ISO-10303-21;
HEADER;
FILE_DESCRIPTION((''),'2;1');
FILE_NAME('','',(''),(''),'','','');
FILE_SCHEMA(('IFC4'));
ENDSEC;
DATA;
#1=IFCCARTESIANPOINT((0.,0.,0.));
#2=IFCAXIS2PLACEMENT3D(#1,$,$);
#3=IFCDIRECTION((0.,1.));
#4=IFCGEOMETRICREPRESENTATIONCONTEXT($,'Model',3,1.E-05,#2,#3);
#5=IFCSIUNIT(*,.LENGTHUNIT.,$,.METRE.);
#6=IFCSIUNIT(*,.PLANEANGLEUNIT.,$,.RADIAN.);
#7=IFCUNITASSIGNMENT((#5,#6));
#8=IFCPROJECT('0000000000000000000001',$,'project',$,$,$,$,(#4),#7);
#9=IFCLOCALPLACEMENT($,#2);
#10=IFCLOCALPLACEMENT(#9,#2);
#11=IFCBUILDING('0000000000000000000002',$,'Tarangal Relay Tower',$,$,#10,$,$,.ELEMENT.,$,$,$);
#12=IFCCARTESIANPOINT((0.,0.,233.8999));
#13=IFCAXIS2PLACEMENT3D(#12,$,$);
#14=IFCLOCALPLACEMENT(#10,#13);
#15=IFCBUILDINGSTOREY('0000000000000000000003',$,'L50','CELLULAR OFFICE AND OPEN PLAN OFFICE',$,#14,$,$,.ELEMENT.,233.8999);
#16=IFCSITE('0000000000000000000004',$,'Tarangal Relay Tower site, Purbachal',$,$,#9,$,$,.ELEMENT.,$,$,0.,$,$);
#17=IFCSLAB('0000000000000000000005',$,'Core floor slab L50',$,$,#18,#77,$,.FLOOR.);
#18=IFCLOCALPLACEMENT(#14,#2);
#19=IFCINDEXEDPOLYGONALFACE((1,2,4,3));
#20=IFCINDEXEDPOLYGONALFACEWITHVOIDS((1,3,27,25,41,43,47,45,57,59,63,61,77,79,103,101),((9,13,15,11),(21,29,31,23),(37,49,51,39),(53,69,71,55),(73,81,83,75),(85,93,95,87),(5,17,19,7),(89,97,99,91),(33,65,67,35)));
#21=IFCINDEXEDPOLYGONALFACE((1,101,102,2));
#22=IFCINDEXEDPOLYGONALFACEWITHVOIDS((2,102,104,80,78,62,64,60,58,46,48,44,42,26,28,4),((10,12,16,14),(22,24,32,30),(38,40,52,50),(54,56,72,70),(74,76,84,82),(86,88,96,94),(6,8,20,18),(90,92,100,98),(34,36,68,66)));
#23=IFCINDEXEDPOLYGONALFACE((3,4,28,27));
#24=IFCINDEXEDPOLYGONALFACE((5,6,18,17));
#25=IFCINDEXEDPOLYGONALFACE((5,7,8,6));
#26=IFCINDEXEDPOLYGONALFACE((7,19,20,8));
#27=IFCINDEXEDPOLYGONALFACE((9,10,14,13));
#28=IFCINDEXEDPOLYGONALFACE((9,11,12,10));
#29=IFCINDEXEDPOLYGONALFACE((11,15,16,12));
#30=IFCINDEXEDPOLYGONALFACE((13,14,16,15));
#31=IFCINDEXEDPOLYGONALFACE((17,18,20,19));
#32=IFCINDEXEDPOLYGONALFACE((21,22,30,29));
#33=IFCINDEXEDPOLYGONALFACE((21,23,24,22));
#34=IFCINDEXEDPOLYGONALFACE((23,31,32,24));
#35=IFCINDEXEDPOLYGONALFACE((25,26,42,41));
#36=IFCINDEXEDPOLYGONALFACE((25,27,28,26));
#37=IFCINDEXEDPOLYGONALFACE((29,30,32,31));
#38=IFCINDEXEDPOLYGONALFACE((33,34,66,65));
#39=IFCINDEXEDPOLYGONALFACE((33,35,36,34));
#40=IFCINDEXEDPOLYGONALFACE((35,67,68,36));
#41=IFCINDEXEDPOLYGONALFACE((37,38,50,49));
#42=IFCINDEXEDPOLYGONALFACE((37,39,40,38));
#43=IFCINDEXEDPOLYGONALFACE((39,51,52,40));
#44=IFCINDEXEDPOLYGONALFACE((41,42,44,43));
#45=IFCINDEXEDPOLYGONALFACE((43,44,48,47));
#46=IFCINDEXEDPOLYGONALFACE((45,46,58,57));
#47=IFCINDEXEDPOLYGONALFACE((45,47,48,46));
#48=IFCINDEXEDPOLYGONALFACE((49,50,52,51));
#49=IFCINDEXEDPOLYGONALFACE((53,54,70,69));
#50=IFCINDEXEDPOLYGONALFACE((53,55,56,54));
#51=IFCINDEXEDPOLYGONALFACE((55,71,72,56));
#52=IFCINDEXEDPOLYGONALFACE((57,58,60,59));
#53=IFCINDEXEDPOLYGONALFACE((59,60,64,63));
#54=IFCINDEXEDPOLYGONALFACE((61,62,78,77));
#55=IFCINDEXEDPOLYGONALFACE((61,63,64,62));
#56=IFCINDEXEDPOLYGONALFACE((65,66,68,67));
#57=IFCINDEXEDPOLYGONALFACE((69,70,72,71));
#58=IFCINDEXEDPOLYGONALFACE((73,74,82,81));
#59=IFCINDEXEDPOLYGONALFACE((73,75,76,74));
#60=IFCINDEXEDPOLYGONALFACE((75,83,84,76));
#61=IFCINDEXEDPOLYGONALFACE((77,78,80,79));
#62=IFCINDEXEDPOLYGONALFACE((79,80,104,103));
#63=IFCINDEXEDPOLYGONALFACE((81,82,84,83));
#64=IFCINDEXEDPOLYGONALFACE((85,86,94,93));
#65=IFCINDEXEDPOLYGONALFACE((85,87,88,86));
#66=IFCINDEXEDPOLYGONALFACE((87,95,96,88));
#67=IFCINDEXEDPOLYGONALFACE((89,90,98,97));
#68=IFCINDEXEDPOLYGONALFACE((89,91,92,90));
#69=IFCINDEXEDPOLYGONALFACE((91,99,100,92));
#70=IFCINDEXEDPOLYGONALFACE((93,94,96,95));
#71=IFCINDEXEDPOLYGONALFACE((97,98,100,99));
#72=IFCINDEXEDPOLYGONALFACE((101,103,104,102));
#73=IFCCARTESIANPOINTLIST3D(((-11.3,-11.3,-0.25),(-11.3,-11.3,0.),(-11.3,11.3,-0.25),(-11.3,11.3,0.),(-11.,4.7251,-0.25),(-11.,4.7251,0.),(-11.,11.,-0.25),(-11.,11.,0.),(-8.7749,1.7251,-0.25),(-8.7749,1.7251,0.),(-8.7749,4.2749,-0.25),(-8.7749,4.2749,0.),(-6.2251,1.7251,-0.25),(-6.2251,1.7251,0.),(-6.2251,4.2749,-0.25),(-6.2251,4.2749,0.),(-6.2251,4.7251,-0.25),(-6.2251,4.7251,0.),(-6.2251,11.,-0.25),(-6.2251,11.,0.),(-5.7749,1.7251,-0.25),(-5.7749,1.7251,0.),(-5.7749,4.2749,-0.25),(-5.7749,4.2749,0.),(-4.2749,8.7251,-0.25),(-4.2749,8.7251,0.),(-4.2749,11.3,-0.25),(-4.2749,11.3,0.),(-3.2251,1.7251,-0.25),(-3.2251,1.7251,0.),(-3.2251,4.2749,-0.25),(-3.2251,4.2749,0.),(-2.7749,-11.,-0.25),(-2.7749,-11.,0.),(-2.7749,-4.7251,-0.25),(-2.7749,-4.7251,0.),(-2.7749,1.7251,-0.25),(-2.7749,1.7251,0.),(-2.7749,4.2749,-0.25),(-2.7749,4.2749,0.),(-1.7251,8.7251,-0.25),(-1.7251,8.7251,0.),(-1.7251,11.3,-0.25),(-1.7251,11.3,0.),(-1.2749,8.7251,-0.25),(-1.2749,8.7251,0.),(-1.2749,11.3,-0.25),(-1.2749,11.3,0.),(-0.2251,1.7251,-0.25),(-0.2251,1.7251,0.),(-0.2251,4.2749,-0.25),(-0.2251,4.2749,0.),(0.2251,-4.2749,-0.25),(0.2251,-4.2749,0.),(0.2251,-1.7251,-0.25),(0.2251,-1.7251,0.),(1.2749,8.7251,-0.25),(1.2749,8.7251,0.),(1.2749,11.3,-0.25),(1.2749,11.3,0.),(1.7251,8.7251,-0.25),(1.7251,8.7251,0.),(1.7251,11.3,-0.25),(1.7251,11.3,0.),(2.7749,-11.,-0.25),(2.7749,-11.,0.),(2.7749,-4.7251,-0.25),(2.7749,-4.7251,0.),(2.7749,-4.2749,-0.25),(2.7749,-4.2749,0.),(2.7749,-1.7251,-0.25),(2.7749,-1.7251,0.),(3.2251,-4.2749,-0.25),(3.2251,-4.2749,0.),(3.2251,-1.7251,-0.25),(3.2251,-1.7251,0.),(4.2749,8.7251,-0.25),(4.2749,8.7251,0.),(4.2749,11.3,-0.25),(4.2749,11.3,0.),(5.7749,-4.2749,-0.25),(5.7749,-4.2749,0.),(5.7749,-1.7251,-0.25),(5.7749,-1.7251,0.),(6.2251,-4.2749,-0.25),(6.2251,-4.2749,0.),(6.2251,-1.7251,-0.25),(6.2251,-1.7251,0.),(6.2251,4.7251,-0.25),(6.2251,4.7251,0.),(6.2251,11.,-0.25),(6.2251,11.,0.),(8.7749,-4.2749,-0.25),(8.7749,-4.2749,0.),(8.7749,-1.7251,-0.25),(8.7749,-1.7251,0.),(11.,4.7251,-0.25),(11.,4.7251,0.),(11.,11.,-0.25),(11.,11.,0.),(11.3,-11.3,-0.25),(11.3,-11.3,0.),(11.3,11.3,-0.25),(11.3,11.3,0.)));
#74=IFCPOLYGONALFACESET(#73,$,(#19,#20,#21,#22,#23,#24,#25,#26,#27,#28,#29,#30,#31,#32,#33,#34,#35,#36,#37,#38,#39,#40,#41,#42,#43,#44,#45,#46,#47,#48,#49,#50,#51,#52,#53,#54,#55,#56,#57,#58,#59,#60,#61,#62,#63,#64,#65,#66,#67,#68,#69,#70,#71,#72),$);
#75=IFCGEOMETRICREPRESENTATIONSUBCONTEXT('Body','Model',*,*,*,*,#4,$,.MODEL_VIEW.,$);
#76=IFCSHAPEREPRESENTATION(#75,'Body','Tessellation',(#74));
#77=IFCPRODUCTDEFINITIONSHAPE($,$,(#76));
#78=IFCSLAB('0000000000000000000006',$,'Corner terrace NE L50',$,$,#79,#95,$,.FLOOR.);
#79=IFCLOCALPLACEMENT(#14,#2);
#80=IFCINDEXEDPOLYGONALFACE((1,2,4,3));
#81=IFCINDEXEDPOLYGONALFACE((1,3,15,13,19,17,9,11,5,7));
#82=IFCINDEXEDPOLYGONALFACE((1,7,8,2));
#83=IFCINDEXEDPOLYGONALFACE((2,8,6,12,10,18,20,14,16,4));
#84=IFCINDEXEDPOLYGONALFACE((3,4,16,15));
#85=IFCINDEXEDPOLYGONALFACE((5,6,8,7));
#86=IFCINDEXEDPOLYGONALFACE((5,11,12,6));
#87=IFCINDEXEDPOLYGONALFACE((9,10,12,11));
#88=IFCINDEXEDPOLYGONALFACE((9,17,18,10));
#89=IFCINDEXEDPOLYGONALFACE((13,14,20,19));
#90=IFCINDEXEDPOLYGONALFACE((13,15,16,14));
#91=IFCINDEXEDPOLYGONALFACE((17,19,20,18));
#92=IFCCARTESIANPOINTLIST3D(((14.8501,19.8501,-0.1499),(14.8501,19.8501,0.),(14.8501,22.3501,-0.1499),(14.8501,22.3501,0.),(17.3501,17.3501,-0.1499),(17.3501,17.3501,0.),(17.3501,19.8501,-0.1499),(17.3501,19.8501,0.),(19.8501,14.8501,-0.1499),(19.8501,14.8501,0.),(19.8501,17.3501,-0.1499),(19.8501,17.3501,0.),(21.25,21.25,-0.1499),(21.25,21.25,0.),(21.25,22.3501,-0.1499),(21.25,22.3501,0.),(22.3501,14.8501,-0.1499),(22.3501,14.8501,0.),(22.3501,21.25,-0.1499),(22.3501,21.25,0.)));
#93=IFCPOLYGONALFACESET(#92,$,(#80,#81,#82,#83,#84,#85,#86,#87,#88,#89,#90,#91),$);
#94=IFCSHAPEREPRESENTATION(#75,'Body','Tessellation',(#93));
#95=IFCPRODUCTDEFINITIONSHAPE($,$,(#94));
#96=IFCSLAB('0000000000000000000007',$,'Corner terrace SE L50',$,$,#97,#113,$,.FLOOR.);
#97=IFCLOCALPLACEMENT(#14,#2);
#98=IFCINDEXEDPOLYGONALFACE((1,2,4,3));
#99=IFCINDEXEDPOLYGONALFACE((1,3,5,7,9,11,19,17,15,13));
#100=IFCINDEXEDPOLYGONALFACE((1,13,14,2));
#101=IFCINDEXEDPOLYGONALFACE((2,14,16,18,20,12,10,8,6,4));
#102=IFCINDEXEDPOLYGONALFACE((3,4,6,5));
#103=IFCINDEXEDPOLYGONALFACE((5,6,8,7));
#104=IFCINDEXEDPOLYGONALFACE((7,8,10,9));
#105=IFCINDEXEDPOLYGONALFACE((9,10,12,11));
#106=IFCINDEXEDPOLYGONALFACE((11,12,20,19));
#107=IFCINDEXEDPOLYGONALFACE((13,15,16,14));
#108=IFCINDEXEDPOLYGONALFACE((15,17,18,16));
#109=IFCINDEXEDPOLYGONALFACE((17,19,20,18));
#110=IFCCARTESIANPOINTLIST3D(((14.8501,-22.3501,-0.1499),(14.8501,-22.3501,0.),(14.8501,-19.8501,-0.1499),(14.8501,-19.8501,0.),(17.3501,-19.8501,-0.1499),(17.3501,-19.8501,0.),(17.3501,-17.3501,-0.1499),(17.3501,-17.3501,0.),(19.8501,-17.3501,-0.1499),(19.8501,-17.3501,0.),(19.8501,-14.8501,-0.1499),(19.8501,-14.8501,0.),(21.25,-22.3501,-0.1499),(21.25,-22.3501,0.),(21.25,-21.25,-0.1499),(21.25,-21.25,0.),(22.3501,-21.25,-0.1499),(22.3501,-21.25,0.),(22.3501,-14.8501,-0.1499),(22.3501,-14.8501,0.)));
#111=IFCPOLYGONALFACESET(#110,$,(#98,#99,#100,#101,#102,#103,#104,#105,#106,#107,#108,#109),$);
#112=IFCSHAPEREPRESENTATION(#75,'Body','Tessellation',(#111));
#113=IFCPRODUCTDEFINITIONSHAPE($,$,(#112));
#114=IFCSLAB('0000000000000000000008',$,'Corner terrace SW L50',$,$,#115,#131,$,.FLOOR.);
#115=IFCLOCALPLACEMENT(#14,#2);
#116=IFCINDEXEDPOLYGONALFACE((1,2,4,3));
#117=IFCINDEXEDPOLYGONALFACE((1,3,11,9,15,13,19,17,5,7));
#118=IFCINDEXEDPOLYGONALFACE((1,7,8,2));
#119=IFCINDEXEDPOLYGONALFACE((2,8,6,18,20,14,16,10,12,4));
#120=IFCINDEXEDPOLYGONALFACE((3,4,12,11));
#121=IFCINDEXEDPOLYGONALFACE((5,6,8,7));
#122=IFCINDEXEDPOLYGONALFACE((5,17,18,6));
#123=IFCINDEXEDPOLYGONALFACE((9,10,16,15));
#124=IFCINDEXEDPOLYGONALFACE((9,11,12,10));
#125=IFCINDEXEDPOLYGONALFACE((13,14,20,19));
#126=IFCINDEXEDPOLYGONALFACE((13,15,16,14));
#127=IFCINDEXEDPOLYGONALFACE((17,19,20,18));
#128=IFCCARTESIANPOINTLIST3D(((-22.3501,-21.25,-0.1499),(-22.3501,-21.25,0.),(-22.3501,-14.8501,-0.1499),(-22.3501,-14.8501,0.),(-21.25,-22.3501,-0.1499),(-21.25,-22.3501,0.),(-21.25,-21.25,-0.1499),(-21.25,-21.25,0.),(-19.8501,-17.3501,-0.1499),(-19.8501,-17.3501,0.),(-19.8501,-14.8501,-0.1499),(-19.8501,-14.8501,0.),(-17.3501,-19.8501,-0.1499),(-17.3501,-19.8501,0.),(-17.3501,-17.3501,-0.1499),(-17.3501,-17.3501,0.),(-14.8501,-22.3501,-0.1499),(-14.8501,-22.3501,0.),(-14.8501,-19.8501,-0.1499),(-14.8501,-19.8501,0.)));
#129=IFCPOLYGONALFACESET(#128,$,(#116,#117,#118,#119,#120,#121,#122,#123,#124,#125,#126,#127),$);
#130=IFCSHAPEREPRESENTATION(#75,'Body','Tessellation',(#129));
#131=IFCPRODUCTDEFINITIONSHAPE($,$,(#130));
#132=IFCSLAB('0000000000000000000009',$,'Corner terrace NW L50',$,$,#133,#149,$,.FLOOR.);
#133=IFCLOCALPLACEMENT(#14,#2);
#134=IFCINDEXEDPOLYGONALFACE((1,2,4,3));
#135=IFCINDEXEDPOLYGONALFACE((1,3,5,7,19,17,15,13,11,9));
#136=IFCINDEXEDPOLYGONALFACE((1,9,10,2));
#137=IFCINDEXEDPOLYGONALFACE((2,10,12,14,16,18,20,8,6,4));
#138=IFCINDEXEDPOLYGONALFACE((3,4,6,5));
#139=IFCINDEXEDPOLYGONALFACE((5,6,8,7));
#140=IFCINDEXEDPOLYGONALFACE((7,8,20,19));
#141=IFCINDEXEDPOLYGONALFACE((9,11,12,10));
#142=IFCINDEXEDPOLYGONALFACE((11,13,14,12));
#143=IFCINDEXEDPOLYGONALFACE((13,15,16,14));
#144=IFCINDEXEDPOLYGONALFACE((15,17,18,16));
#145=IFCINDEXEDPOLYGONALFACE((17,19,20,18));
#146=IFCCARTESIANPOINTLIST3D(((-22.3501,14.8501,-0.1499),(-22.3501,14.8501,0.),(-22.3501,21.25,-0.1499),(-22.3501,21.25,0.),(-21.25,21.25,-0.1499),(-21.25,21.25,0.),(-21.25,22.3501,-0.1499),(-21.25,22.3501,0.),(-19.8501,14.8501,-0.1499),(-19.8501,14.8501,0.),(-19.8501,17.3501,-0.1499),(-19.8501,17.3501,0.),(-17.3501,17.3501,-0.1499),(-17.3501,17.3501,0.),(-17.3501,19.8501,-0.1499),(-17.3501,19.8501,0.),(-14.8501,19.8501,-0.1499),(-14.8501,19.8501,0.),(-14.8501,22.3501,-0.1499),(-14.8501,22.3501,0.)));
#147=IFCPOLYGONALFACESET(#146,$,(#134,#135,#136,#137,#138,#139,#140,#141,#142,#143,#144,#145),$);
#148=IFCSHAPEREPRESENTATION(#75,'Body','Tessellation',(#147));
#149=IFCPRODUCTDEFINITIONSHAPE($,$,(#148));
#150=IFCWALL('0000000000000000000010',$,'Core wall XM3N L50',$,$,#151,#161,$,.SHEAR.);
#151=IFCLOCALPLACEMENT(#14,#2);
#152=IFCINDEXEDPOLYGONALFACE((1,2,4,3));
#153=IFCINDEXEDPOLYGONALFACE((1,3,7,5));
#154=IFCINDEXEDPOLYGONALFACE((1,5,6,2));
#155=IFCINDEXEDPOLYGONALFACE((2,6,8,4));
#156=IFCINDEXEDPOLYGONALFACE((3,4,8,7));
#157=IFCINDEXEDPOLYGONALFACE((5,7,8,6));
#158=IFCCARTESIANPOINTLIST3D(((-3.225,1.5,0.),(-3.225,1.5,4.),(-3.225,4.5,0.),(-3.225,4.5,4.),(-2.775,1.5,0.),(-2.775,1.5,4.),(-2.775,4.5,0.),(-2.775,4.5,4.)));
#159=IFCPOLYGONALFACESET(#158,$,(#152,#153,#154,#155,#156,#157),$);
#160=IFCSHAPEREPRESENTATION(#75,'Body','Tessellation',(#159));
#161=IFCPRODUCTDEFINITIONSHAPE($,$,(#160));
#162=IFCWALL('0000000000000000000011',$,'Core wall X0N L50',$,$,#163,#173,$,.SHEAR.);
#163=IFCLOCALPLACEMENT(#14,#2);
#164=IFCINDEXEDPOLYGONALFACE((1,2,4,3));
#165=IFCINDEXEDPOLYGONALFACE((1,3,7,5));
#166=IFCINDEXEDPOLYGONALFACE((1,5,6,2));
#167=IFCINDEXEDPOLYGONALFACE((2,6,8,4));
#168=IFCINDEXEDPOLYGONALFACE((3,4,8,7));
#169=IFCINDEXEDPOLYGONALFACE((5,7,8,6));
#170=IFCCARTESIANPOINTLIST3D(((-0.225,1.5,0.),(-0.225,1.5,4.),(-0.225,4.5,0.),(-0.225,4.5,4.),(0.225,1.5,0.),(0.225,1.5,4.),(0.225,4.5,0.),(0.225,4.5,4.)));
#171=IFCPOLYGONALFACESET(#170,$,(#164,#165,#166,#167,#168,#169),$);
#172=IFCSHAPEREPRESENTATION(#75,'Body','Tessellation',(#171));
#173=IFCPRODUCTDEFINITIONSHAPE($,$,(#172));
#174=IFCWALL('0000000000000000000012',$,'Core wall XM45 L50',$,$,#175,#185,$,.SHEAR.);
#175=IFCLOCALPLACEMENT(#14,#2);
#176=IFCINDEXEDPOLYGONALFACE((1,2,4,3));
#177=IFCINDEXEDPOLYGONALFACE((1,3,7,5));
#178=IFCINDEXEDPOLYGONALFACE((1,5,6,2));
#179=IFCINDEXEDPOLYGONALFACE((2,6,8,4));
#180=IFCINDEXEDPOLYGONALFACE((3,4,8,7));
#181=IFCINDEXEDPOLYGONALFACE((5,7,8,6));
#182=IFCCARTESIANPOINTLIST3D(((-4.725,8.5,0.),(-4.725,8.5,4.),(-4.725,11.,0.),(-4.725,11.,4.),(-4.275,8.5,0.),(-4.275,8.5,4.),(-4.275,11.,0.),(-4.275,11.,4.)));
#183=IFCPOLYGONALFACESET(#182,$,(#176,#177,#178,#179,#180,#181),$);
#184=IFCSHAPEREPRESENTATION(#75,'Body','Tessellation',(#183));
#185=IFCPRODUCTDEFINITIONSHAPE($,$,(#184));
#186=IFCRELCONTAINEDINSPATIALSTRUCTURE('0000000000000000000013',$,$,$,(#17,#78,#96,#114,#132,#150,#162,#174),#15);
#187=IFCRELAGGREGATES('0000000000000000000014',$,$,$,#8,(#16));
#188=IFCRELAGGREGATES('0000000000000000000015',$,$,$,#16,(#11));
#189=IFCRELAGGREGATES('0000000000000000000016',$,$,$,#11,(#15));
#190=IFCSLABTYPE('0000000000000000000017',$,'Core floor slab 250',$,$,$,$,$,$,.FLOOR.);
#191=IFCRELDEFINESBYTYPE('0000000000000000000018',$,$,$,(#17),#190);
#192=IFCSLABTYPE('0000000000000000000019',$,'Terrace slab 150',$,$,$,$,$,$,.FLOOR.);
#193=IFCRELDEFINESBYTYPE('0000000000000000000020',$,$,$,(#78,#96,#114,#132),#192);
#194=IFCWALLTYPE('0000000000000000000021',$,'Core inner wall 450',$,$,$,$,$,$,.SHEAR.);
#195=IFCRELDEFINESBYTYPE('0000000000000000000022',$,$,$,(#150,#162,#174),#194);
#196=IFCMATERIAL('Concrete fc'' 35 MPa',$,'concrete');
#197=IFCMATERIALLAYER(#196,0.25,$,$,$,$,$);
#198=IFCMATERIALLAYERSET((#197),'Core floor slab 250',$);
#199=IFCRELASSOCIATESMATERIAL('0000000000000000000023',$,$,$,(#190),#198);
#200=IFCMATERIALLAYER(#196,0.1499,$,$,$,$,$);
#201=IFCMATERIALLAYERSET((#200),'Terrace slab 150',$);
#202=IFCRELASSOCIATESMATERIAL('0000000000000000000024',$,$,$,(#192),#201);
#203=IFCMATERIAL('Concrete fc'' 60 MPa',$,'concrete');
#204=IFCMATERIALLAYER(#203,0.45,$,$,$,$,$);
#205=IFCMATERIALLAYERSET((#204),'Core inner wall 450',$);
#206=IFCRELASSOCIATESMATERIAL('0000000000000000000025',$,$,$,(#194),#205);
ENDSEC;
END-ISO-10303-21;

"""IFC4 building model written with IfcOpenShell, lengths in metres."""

from ifc_helpers import new_model, si_unit, direction, frame, frame_2d, origin, place, context, subcontext, project, spatial, polyline, rectangle, outline, extrude, material, layer, layer_set, type_object, element, save


model = new_model("IFC4")

# Units and contexts
model_context = context("Model", 3, precision=1e-05, world=origin(), true_north=direction((0.0, 1.0)))
body_context = subcontext(model_context, "Body", "Model", "MODEL_VIEW")
ifc_project = project(units=[si_unit("LENGTHUNIT", "METRE"), si_unit("PLANEANGLEUNIT", "RADIAN")], contexts=[model_context])

# Site, building, storey
site_placement = place(None, origin())
site = spatial("IfcSite", under=ifc_project, at=site_placement, Name="Tarangal Relay Tower site, Purbachal", CompositionType="ELEMENT", RefElevation=0.0)
building_placement = place(site_placement, origin())
building = spatial("IfcBuilding", under=site, at=building_placement, Name="Tarangal Relay Tower", CompositionType="ELEMENT")
storey_placement = place(building_placement, frame((0.0, 0.0, 233.8999)))
storey = spatial("IfcBuildingStorey", under=building, at=storey_placement, Name="L50", Description="CELLULAR OFFICE AND OPEN PLAN OFFICE", CompositionType="ELEMENT", Elevation=233.8999)

# Slabs
ifc_material_1 = material(Name="Concrete fc' 35 MPa", Category="concrete")
ifc_layer_1 = layer(ifc_material_1, 0.25)
ifc_layer_set_1 = layer_set([ifc_layer_1], Name="Core floor slab 250")
slab_type_1 = type_object("IfcSlabType", Name="Core floor slab 250", PredefinedType="FLOOR", material=ifc_layer_set_1)
slab_1_placement = place(storey_placement, frame((0.0, 0.0, -0.25)))
element("IfcSlab", 1, at=slab_1_placement, inside=storey, type_object=slab_type_1, Name="Core floor slab L50", PredefinedType="FLOOR", context=body_context, shape_type="SweptSolid", body=[
    extrude(outline(polyline([(11.3, 11.3), (11.3, -11.3), (-11.3, -11.3), (-11.3, 11.3), (-4.2749, 11.3), (-4.2749, 8.7251), (-1.7251, 8.7251), (-1.7251, 11.3), (-1.2749, 11.3), (-1.2749, 8.7251), (1.2749, 8.7251), (1.2749, 11.3), (1.7251, 11.3), (1.7251, 8.7251), (4.2749, 8.7251), (4.2749, 11.3), (11.3, 11.3)]), holes=[polyline([(-6.2251, 4.2749), (-8.7749, 4.2749), (-8.7749, 1.7251), (-6.2251, 1.7251), (-6.2251, 4.2749)]), polyline([(-3.2251, 1.7251), (-3.2251, 4.2749), (-5.7749, 4.2749), (-5.7749, 1.7251), (-3.2251, 1.7251)]), polyline([(-0.2251, 1.7251), (-0.2251, 4.2749), (-2.7749, 4.2749), (-2.7749, 1.7251), (-0.2251, 1.7251)]), polyline([(-6.2251, 11.0), (-11.0, 11.0), (-11.0, 4.7251), (-6.2251, 4.7251), (-6.2251, 11.0)]), polyline([(2.7749, -4.7251), (-2.7749, -4.7251), (-2.7749, -11.0), (2.7749, -11.0), (2.7749, -4.7251)]), polyline([(2.7749, -4.2749), (2.7749, -1.7251), (0.2251, -1.7251), (0.2251, -4.2749), (2.7749, -4.2749)]), polyline([(5.7749, -4.2749), (5.7749, -1.7251), (3.2251, -1.7251), (3.2251, -4.2749), (5.7749, -4.2749)]), polyline([(8.7749, -1.7251), (6.2251, -1.7251), (6.2251, -4.2749), (8.7749, -4.2749), (8.7749, -1.7251)]), polyline([(11.0, 4.7251), (11.0, 11.0), (6.2251, 11.0), (6.2251, 4.7251), (11.0, 4.7251)])]), origin(), (0.0, 0.0, 1.0), 0.25),
])
ifc_layer_2 = layer(ifc_material_1, 0.1499)
ifc_layer_set_2 = layer_set([ifc_layer_2], Name="Terrace slab 150")
slab_type_2 = type_object("IfcSlabType", Name="Terrace slab 150", PredefinedType="FLOOR", material=ifc_layer_set_2)
slab_2_placement = place(storey_placement, frame((0.0, 0.0, -0.1499)))
element("IfcSlab", 2, at=slab_2_placement, inside=storey, type_object=slab_type_2, Name="Corner terrace NE L50", PredefinedType="FLOOR", context=body_context, shape_type="SweptSolid", body=[
    extrude(outline(polyline([(14.8501, 22.3501), (14.8501, 19.8501), (17.3501, 19.8501), (17.3501, 17.3501), (19.8501, 17.3501), (19.8501, 14.8501), (22.3501, 14.8501), (22.3501, 21.25), (21.25, 21.25), (21.25, 22.3501), (14.8501, 22.3501)])), origin(), (0.0, 0.0, 1.0), 0.1499),
])
slab_3_placement = place(storey_placement, frame((0.0, 0.0, -0.1499)))
element("IfcSlab", 3, at=slab_3_placement, inside=storey, type_object=slab_type_2, Name="Corner terrace SE L50", PredefinedType="FLOOR", context=body_context, shape_type="SweptSolid", body=[
    extrude(outline(polyline([(22.3501, -14.8501), (19.8501, -14.8501), (19.8501, -17.3501), (17.3501, -17.3501), (17.3501, -19.8501), (14.8501, -19.8501), (14.8501, -22.3501), (21.25, -22.3501), (21.25, -21.25), (22.3501, -21.25), (22.3501, -14.8501)])), origin(), (0.0, 0.0, 1.0), 0.1499),
])
slab_4_placement = place(storey_placement, frame((0.0, 0.0, -0.1499)))
element("IfcSlab", 4, at=slab_4_placement, inside=storey, type_object=slab_type_2, Name="Corner terrace SW L50", PredefinedType="FLOOR", context=body_context, shape_type="SweptSolid", body=[
    extrude(outline(polyline([(-14.8501, -22.3501), (-14.8501, -19.8501), (-17.3501, -19.8501), (-17.3501, -17.3501), (-19.8501, -17.3501), (-19.8501, -14.8501), (-22.3501, -14.8501), (-22.3501, -21.25), (-21.25, -21.25), (-21.25, -22.3501), (-14.8501, -22.3501)])), origin(), (0.0, 0.0, 1.0), 0.1499),
])
slab_5_placement = place(storey_placement, frame((0.0, 0.0, -0.1499)))
element("IfcSlab", 5, at=slab_5_placement, inside=storey, type_object=slab_type_2, Name="Corner terrace NW L50", PredefinedType="FLOOR", context=body_context, shape_type="SweptSolid", body=[
    extrude(outline(polyline([(-22.3501, 14.8501), (-19.8501, 14.8501), (-19.8501, 17.3501), (-17.3501, 17.3501), (-17.3501, 19.8501), (-14.8501, 19.8501), (-14.8501, 22.3501), (-21.25, 22.3501), (-21.25, 21.25), (-22.3501, 21.25), (-22.3501, 14.8501)])), origin(), (0.0, 0.0, 1.0), 0.1499),
])

# Walls
ifc_material_2 = material(Name="Concrete fc' 60 MPa", Category="concrete")
ifc_layer_3 = layer(ifc_material_2, 0.45)
ifc_layer_set_3 = layer_set([ifc_layer_3], Name="Core inner wall 450")
wall_type = type_object("IfcWallType", Name="Core inner wall 450", PredefinedType="SHEAR", material=ifc_layer_set_3)
for number, where, z_axis, x_axis, name in (
    (6, (-3.0, 1.5, 0.0), (0.0, 0.0, 1.0), (0.0, 1.0, 0.0), "Core wall XM3N L50"),
    (7, (0.0, 1.5, 0.0), (0.0, 0.0, 1.0), (0.0, 1.0, 0.0), "Core wall X0N L50"),
):
    element("IfcWall", number, at=place(storey_placement, frame(where, z_axis=z_axis, x_axis=x_axis)), inside=storey, type_object=wall_type, Name=name, PredefinedType="SHEAR", context=body_context, shape_type="SweptSolid", body=[
        extrude(rectangle(XDim=3.0, YDim=0.45, at=frame_2d((1.5, 0.0))), origin(), (0.0, 0.0, 1.0), 4.0),
    ])
for number, where, z_axis, x_axis, name in (
    (8, (-4.5, 8.5, 0.0), (0.0, 0.0, 1.0), (0.0, 1.0, 0.0), "Core wall XM45 L50"),
):
    element("IfcWall", number, at=place(storey_placement, frame(where, z_axis=z_axis, x_axis=x_axis)), inside=storey, type_object=wall_type, Name=name, PredefinedType="SHEAR", context=body_context, shape_type="SweptSolid", body=[
        extrude(rectangle(XDim=2.5, YDim=0.45, at=frame_2d((1.25, 0.0))), origin(), (0.0, 0.0, 1.0), 4.0),
    ])

save(model, "model.ifc")
